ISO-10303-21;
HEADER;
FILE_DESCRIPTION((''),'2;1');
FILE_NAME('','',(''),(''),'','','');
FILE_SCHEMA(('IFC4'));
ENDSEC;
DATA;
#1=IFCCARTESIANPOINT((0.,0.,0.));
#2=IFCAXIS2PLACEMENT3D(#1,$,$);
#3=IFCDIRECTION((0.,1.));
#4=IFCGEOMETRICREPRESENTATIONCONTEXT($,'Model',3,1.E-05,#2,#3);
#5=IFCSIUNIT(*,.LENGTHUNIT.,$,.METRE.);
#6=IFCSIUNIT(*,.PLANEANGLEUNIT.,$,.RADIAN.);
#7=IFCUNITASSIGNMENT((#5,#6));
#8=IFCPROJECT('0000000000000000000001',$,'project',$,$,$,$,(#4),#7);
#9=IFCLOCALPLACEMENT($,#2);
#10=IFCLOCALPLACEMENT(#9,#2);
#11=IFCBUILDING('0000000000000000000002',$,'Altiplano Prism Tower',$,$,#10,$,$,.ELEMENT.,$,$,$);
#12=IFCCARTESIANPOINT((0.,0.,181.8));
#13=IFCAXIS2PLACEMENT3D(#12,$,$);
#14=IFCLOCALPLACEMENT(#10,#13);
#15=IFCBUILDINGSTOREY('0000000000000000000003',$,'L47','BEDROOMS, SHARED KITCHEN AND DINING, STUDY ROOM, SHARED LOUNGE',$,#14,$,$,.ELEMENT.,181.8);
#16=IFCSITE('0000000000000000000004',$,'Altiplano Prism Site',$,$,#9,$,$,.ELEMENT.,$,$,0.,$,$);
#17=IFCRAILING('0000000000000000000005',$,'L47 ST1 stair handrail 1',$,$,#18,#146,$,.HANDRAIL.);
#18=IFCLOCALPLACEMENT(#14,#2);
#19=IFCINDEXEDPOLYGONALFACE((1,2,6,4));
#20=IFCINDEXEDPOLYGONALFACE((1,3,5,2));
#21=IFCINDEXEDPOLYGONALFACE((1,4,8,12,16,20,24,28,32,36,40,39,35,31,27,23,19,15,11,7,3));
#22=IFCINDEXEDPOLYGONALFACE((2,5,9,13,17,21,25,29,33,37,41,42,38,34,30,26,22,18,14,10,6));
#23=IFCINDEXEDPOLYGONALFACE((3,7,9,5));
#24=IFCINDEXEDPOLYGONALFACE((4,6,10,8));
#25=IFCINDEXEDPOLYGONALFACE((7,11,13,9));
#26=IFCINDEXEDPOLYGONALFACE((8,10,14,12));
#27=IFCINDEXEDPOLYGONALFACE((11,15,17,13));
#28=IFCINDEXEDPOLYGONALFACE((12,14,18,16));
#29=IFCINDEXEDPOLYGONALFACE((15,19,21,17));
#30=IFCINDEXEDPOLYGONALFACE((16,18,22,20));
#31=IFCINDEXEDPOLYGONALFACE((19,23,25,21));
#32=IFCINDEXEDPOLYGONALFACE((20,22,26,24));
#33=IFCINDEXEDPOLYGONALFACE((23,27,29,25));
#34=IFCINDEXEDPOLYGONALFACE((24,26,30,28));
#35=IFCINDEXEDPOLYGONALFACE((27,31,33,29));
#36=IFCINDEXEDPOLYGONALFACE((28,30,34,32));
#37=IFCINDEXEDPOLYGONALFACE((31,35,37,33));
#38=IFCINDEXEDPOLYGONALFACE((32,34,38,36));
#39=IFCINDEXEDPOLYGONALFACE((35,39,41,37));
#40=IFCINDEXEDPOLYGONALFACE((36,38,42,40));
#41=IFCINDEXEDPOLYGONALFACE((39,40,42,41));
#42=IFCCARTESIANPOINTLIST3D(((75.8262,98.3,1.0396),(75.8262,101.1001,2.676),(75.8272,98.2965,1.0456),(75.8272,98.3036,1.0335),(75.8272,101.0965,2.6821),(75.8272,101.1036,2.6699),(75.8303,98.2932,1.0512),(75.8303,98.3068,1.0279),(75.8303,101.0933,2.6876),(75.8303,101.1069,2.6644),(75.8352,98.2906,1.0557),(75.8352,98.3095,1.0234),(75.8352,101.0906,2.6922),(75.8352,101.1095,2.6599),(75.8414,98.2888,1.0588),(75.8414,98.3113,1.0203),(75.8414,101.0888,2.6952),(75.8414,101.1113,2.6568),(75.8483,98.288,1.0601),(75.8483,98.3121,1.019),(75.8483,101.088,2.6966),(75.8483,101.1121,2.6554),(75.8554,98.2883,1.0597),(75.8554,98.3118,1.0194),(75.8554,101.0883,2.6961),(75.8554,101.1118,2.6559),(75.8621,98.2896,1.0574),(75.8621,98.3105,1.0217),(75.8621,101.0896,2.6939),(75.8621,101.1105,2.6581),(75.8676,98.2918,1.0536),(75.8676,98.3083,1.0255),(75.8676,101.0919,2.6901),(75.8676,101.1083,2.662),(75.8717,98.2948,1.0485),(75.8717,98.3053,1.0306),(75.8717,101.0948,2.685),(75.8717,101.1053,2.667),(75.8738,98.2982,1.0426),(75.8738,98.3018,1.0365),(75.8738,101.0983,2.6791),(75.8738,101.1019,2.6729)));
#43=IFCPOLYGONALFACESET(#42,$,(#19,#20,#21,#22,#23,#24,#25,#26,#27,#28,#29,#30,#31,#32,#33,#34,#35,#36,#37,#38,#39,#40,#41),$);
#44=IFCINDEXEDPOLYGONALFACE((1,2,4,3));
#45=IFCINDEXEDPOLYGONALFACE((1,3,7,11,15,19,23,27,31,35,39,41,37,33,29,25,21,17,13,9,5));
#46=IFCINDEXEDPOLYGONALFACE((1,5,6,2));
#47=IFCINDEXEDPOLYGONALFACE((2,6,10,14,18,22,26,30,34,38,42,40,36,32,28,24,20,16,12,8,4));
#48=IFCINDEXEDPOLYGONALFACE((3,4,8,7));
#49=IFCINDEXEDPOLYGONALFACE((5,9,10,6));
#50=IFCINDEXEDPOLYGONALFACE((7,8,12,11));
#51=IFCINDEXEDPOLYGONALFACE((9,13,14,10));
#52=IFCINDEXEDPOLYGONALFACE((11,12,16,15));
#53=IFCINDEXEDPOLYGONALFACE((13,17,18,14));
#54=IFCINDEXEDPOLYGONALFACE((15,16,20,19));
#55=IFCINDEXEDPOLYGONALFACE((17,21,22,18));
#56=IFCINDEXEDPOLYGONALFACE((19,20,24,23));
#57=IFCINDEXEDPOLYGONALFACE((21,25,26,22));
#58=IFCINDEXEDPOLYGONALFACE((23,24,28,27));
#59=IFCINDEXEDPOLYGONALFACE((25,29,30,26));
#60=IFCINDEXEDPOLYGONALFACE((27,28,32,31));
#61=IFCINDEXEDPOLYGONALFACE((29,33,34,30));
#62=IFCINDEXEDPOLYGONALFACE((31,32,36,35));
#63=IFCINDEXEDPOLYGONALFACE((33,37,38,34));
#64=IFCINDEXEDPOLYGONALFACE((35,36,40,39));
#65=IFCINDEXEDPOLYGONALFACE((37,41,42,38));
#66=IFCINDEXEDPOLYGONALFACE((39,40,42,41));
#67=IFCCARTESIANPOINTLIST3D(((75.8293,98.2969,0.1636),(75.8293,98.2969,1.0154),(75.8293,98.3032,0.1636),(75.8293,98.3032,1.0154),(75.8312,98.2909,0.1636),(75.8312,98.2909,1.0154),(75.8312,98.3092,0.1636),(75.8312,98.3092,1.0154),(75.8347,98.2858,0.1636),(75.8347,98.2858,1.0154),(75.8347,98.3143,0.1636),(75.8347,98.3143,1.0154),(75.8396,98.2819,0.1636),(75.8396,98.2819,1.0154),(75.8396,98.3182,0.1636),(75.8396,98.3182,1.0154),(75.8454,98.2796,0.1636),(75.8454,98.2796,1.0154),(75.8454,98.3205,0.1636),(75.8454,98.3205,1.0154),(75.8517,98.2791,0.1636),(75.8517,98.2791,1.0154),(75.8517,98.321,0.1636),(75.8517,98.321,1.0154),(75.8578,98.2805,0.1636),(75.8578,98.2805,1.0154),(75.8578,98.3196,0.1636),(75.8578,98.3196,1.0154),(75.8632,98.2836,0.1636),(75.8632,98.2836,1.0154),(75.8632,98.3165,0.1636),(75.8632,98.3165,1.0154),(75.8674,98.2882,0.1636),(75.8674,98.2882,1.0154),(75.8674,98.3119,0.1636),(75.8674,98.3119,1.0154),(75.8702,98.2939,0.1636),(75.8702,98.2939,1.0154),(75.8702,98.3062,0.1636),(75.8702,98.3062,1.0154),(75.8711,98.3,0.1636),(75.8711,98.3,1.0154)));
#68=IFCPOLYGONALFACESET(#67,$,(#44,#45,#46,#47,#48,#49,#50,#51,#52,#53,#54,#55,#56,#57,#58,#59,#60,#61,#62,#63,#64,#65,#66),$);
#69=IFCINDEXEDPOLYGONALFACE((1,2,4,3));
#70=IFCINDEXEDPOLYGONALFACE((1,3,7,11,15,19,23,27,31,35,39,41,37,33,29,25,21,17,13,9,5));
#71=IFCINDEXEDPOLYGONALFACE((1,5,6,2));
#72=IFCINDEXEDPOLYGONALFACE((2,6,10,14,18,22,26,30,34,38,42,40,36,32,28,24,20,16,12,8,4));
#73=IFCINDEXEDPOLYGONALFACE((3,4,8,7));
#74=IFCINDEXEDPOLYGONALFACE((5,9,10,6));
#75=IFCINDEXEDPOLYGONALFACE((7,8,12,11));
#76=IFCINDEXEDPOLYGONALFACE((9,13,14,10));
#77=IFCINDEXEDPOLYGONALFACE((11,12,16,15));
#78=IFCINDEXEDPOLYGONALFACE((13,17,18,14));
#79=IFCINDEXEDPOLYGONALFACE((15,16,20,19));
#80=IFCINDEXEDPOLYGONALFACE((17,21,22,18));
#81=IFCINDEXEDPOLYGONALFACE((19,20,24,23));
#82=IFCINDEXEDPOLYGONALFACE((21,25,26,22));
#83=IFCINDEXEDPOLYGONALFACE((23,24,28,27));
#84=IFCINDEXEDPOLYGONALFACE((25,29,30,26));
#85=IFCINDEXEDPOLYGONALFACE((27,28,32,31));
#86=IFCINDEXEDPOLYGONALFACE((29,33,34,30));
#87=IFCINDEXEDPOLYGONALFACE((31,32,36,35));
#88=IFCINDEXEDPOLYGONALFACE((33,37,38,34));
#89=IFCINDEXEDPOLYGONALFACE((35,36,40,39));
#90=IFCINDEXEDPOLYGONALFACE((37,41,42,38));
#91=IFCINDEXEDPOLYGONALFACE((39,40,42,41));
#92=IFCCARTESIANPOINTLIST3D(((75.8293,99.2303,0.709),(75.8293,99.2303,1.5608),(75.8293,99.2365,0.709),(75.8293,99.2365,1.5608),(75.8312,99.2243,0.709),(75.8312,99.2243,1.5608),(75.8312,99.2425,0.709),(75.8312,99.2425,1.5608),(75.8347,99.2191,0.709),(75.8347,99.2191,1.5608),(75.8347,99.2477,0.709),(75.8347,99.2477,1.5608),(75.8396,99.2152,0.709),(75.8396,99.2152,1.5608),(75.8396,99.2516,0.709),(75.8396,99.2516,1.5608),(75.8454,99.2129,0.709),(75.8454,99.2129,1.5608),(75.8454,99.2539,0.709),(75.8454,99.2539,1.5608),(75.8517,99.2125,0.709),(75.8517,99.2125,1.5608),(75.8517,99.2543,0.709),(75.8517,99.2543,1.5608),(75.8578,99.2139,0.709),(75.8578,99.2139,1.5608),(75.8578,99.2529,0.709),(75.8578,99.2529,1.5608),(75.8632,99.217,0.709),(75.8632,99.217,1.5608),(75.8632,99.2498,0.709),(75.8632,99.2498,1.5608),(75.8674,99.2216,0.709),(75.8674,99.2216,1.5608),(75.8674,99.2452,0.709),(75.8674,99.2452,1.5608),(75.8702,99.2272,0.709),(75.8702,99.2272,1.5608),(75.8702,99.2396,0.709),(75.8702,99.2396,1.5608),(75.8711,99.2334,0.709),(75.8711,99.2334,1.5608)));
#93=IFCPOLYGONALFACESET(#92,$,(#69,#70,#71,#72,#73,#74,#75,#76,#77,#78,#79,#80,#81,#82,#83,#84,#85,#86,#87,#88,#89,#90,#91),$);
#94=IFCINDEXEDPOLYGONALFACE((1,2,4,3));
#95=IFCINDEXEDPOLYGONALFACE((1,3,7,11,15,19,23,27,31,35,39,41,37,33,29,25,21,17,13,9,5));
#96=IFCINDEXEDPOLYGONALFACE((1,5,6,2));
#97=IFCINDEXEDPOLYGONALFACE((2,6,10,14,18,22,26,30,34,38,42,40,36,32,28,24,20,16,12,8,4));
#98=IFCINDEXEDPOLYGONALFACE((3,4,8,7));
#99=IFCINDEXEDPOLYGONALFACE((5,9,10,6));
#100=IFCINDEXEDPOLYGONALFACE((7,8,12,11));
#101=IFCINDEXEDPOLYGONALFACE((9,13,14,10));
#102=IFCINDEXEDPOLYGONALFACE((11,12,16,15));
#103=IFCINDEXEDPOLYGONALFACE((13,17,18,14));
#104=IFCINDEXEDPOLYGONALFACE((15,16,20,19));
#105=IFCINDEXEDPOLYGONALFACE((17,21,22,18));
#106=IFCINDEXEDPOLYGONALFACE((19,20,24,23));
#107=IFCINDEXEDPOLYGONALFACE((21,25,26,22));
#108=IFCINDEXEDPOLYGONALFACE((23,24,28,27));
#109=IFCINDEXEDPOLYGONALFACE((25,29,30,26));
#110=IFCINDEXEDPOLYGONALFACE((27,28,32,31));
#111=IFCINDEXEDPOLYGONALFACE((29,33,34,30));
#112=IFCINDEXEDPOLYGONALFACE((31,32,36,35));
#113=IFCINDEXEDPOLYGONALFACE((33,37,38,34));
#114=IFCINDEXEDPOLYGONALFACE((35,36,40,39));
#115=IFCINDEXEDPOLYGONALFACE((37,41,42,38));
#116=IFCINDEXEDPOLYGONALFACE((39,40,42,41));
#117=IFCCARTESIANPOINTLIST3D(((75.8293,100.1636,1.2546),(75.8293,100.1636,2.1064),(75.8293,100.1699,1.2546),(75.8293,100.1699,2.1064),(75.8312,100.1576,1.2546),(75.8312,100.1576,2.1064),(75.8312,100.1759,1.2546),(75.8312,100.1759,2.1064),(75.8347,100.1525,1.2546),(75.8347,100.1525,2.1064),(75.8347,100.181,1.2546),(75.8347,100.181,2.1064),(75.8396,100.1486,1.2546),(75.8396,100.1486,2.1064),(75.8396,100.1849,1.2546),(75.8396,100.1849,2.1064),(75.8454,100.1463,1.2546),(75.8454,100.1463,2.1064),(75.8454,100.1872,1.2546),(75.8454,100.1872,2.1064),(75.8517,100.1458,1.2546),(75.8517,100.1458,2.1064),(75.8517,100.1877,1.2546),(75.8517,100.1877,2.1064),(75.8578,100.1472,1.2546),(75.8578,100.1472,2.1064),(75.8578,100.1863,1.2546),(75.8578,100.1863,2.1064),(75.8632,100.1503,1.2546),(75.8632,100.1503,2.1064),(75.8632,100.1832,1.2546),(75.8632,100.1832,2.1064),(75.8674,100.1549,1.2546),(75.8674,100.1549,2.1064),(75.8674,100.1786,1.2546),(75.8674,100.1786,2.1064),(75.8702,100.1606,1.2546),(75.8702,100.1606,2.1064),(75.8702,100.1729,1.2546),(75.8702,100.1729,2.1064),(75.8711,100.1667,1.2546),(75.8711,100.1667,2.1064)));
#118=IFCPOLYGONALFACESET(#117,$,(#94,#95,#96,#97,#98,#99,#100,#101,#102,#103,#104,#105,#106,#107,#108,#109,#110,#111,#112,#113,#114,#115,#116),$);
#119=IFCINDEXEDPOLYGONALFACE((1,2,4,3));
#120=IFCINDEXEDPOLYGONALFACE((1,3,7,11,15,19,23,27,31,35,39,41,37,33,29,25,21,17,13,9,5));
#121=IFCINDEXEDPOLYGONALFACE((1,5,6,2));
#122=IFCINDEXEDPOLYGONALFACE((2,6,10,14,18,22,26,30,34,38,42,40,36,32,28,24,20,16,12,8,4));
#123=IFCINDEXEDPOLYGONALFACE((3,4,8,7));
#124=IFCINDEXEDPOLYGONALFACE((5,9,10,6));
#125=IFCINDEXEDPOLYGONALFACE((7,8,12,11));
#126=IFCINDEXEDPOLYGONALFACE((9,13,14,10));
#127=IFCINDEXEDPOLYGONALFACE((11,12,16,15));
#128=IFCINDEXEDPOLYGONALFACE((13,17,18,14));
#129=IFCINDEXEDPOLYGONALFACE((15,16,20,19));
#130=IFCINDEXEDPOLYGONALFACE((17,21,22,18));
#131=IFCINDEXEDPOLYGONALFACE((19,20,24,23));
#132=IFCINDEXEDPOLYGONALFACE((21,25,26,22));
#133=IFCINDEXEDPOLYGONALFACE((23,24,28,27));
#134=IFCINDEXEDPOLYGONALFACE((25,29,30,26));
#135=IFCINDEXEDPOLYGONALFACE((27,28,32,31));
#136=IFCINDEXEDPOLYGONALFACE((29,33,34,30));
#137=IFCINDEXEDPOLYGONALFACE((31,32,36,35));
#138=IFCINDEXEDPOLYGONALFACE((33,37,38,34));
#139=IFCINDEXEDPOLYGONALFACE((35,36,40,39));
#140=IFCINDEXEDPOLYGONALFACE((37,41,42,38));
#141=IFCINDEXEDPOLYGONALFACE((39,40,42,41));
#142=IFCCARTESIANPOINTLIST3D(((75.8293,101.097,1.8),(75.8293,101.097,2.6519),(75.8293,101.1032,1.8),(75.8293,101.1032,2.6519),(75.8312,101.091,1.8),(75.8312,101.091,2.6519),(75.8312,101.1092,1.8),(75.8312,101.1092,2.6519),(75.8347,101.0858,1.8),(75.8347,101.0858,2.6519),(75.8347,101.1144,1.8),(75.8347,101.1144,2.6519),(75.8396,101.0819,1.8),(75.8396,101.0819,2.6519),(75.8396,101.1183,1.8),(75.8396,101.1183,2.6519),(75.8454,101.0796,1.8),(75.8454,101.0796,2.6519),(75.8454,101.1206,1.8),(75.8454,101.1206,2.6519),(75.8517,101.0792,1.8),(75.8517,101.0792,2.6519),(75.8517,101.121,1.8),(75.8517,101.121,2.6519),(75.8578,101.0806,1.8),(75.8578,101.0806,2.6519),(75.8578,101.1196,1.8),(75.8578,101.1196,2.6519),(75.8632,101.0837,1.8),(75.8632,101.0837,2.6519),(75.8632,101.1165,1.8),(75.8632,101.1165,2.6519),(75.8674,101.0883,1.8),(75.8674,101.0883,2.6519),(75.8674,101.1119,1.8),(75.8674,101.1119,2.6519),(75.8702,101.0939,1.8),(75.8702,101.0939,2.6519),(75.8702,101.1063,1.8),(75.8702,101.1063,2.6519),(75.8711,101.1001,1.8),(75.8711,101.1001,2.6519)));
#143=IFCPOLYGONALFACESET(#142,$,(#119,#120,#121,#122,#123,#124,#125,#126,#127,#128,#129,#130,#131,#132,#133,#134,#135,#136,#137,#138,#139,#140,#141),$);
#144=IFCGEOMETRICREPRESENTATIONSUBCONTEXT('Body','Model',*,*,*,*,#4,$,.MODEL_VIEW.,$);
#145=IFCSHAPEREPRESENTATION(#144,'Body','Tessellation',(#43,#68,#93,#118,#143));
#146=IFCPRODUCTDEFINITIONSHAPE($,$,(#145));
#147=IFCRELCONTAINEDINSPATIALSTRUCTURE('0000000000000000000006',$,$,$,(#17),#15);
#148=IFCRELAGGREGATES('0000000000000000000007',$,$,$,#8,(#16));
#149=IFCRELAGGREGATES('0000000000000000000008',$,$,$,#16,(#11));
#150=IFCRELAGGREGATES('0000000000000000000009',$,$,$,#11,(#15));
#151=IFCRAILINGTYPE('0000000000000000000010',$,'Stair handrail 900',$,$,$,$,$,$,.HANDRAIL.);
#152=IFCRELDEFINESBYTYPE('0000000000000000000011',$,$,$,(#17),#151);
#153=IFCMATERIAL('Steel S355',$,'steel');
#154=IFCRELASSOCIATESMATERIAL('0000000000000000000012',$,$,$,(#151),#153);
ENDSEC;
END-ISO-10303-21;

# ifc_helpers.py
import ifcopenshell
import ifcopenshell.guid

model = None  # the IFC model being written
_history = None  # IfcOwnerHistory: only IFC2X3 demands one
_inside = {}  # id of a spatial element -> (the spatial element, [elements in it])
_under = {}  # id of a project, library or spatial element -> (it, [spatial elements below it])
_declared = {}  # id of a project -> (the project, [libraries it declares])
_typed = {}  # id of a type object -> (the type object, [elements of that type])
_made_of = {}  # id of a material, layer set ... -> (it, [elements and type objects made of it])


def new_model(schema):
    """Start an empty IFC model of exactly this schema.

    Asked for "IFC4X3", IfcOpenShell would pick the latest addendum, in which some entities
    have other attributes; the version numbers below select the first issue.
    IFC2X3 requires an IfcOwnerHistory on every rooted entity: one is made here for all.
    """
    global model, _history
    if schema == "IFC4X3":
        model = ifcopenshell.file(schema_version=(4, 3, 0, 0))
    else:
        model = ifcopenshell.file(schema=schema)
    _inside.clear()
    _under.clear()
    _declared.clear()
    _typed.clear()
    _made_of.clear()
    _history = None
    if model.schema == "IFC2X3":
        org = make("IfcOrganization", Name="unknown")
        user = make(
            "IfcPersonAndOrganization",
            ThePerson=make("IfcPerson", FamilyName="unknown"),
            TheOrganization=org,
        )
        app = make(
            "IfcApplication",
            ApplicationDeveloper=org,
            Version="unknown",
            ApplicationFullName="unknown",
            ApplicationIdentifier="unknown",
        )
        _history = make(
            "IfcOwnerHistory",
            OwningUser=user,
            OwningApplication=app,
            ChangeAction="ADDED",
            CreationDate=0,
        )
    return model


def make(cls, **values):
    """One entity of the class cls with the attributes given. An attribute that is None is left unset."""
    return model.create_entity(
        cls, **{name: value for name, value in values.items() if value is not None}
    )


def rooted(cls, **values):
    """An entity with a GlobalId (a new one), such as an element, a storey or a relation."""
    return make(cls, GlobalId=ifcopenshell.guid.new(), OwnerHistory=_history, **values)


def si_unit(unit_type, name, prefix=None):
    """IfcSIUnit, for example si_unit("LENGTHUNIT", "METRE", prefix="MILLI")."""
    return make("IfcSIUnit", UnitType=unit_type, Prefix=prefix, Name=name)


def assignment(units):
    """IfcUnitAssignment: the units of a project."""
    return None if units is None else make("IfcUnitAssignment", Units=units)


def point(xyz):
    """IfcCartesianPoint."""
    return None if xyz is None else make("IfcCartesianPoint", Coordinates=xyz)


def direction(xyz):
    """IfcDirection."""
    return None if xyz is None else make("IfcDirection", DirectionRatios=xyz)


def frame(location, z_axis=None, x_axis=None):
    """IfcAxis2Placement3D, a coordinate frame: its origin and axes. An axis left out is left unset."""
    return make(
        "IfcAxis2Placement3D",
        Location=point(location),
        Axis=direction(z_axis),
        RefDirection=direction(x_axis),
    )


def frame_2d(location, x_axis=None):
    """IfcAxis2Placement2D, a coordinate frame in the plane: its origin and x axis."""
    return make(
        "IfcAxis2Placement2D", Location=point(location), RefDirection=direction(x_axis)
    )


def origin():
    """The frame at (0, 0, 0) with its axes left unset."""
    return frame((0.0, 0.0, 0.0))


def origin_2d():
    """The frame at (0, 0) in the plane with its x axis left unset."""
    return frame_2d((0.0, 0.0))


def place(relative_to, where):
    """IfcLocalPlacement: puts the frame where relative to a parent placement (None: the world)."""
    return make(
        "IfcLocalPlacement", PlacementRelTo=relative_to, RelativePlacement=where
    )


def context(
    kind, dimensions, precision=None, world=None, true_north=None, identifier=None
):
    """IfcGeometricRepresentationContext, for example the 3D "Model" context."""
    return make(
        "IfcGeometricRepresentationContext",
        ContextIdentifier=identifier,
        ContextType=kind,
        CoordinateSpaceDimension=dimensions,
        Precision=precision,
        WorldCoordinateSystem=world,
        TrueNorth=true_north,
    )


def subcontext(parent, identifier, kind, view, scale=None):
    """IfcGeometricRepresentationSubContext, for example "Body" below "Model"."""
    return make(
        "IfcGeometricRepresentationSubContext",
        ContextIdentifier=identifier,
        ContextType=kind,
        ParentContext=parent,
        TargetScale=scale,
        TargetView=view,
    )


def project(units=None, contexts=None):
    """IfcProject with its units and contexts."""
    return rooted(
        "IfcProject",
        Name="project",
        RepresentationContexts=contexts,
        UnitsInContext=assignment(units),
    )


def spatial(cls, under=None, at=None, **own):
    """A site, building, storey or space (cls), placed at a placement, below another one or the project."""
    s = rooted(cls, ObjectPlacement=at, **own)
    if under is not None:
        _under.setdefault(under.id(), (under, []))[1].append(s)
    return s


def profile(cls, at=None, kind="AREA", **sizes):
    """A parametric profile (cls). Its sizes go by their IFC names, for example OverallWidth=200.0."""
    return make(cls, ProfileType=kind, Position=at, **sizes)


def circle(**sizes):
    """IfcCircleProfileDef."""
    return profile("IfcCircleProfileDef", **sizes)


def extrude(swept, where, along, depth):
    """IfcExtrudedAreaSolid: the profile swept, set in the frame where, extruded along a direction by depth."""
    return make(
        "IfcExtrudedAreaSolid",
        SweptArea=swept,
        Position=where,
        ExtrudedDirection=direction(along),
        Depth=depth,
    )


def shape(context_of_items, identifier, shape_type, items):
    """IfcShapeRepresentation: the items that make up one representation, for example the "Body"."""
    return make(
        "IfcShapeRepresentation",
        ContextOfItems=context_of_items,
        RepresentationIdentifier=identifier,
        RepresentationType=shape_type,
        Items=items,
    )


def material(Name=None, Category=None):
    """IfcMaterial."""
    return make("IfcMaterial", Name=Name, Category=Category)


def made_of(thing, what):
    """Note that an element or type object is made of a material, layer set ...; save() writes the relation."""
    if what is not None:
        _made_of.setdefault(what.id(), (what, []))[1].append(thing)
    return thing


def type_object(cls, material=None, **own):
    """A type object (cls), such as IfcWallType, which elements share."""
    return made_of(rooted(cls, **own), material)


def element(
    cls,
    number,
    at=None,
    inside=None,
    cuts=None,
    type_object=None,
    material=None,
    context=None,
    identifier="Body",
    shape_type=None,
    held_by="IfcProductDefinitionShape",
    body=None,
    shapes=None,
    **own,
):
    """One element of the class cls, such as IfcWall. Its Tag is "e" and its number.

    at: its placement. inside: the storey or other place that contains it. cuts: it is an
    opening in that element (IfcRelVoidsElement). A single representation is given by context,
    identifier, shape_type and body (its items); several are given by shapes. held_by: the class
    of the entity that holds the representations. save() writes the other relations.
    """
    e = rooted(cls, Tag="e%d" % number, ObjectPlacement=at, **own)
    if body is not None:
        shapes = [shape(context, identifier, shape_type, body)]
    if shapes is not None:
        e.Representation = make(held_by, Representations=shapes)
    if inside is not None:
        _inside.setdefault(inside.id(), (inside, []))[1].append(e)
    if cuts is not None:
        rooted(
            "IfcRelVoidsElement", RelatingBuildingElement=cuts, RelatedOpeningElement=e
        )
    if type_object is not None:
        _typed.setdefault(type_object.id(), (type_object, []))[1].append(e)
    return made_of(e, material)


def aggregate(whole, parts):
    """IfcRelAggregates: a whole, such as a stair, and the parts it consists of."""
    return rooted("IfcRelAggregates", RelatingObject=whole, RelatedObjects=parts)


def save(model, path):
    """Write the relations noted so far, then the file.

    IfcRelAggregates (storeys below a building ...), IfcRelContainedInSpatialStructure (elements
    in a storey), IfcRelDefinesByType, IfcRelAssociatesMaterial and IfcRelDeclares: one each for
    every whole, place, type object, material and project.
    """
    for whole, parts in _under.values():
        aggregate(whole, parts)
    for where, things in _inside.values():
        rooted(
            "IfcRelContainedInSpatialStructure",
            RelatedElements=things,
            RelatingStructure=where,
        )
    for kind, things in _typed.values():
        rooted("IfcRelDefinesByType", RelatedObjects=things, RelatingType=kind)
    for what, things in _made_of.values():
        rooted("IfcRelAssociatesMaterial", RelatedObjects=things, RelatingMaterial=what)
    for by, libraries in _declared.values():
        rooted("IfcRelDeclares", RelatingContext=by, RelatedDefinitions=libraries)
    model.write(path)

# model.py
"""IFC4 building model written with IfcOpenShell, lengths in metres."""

from ifc_helpers import new_model, si_unit, direction, frame, origin, origin_2d, place, context, subcontext, project, spatial, circle, extrude, material, type_object, element, save


model = new_model("IFC4")

# Units and contexts
model_context = context("Model", 3, precision=1e-05, world=origin(), true_north=direction((0.0, 1.0)))
body_context = subcontext(model_context, "Body", "Model", "MODEL_VIEW")
ifc_project = project(units=[si_unit("LENGTHUNIT", "METRE"), si_unit("PLANEANGLEUNIT", "RADIAN")], contexts=[model_context])

# Site, building, storey
site_placement = place(None, origin())
site = spatial("IfcSite", under=ifc_project, at=site_placement, Name="Altiplano Prism Site", CompositionType="ELEMENT", RefElevation=0.0)
building_placement = place(site_placement, origin())
building = spatial("IfcBuilding", under=site, at=building_placement, Name="Altiplano Prism Tower", CompositionType="ELEMENT")
storey_placement = place(building_placement, frame((0.0, 0.0, 181.8)))
storey = spatial("IfcBuildingStorey", under=building, at=storey_placement, Name="L47", Description="BEDROOMS, SHARED KITCHEN AND DINING, STUDY ROOM, SHARED LOUNGE", CompositionType="ELEMENT", Elevation=181.8)

# Railing
ifc_material_1 = material(Name="Steel S355", Category="steel")
railing_type_1 = type_object("IfcRailingType", Name="Stair handrail 900", PredefinedType="HANDRAIL", material=ifc_material_1)
railing_1_placement = place(storey_placement, frame((75.8501, 98.3, 0.1636)))
element("IfcRailing", 1, at=railing_1_placement, inside=storey, type_object=railing_type_1, Name="L47 ST1 stair handrail 1", PredefinedType="HANDRAIL", context=body_context, shape_type="SweptSolid", body=[
    extrude(circle(Radius=0.0239, at=origin_2d()), frame((0.0, 0.0, 0.876), z_axis=(0.0, 0.863361, 0.504587), x_axis=(-1.0, 0.0, 0.0)), (0.0, 0.0, 1.0), 3.2432),
    extrude(circle(Radius=0.021, at=origin_2d()), origin(), (0.0, 0.0, 1.0), 0.8518),
    extrude(circle(Radius=0.021, at=origin_2d()), frame((0.0, 0.9333, 0.5454)), (0.0, 0.0, 1.0), 0.8518),
    extrude(circle(Radius=0.021, at=origin_2d()), frame((0.0, 1.8667, 1.0911)), (0.0, 0.0, 1.0), 0.8518),
    extrude(circle(Radius=0.021, at=origin_2d()), frame((0.0, 2.8, 1.6365)), (0.0, 0.0, 1.0), 0.8518),
])

save(model, "model.ifc")
